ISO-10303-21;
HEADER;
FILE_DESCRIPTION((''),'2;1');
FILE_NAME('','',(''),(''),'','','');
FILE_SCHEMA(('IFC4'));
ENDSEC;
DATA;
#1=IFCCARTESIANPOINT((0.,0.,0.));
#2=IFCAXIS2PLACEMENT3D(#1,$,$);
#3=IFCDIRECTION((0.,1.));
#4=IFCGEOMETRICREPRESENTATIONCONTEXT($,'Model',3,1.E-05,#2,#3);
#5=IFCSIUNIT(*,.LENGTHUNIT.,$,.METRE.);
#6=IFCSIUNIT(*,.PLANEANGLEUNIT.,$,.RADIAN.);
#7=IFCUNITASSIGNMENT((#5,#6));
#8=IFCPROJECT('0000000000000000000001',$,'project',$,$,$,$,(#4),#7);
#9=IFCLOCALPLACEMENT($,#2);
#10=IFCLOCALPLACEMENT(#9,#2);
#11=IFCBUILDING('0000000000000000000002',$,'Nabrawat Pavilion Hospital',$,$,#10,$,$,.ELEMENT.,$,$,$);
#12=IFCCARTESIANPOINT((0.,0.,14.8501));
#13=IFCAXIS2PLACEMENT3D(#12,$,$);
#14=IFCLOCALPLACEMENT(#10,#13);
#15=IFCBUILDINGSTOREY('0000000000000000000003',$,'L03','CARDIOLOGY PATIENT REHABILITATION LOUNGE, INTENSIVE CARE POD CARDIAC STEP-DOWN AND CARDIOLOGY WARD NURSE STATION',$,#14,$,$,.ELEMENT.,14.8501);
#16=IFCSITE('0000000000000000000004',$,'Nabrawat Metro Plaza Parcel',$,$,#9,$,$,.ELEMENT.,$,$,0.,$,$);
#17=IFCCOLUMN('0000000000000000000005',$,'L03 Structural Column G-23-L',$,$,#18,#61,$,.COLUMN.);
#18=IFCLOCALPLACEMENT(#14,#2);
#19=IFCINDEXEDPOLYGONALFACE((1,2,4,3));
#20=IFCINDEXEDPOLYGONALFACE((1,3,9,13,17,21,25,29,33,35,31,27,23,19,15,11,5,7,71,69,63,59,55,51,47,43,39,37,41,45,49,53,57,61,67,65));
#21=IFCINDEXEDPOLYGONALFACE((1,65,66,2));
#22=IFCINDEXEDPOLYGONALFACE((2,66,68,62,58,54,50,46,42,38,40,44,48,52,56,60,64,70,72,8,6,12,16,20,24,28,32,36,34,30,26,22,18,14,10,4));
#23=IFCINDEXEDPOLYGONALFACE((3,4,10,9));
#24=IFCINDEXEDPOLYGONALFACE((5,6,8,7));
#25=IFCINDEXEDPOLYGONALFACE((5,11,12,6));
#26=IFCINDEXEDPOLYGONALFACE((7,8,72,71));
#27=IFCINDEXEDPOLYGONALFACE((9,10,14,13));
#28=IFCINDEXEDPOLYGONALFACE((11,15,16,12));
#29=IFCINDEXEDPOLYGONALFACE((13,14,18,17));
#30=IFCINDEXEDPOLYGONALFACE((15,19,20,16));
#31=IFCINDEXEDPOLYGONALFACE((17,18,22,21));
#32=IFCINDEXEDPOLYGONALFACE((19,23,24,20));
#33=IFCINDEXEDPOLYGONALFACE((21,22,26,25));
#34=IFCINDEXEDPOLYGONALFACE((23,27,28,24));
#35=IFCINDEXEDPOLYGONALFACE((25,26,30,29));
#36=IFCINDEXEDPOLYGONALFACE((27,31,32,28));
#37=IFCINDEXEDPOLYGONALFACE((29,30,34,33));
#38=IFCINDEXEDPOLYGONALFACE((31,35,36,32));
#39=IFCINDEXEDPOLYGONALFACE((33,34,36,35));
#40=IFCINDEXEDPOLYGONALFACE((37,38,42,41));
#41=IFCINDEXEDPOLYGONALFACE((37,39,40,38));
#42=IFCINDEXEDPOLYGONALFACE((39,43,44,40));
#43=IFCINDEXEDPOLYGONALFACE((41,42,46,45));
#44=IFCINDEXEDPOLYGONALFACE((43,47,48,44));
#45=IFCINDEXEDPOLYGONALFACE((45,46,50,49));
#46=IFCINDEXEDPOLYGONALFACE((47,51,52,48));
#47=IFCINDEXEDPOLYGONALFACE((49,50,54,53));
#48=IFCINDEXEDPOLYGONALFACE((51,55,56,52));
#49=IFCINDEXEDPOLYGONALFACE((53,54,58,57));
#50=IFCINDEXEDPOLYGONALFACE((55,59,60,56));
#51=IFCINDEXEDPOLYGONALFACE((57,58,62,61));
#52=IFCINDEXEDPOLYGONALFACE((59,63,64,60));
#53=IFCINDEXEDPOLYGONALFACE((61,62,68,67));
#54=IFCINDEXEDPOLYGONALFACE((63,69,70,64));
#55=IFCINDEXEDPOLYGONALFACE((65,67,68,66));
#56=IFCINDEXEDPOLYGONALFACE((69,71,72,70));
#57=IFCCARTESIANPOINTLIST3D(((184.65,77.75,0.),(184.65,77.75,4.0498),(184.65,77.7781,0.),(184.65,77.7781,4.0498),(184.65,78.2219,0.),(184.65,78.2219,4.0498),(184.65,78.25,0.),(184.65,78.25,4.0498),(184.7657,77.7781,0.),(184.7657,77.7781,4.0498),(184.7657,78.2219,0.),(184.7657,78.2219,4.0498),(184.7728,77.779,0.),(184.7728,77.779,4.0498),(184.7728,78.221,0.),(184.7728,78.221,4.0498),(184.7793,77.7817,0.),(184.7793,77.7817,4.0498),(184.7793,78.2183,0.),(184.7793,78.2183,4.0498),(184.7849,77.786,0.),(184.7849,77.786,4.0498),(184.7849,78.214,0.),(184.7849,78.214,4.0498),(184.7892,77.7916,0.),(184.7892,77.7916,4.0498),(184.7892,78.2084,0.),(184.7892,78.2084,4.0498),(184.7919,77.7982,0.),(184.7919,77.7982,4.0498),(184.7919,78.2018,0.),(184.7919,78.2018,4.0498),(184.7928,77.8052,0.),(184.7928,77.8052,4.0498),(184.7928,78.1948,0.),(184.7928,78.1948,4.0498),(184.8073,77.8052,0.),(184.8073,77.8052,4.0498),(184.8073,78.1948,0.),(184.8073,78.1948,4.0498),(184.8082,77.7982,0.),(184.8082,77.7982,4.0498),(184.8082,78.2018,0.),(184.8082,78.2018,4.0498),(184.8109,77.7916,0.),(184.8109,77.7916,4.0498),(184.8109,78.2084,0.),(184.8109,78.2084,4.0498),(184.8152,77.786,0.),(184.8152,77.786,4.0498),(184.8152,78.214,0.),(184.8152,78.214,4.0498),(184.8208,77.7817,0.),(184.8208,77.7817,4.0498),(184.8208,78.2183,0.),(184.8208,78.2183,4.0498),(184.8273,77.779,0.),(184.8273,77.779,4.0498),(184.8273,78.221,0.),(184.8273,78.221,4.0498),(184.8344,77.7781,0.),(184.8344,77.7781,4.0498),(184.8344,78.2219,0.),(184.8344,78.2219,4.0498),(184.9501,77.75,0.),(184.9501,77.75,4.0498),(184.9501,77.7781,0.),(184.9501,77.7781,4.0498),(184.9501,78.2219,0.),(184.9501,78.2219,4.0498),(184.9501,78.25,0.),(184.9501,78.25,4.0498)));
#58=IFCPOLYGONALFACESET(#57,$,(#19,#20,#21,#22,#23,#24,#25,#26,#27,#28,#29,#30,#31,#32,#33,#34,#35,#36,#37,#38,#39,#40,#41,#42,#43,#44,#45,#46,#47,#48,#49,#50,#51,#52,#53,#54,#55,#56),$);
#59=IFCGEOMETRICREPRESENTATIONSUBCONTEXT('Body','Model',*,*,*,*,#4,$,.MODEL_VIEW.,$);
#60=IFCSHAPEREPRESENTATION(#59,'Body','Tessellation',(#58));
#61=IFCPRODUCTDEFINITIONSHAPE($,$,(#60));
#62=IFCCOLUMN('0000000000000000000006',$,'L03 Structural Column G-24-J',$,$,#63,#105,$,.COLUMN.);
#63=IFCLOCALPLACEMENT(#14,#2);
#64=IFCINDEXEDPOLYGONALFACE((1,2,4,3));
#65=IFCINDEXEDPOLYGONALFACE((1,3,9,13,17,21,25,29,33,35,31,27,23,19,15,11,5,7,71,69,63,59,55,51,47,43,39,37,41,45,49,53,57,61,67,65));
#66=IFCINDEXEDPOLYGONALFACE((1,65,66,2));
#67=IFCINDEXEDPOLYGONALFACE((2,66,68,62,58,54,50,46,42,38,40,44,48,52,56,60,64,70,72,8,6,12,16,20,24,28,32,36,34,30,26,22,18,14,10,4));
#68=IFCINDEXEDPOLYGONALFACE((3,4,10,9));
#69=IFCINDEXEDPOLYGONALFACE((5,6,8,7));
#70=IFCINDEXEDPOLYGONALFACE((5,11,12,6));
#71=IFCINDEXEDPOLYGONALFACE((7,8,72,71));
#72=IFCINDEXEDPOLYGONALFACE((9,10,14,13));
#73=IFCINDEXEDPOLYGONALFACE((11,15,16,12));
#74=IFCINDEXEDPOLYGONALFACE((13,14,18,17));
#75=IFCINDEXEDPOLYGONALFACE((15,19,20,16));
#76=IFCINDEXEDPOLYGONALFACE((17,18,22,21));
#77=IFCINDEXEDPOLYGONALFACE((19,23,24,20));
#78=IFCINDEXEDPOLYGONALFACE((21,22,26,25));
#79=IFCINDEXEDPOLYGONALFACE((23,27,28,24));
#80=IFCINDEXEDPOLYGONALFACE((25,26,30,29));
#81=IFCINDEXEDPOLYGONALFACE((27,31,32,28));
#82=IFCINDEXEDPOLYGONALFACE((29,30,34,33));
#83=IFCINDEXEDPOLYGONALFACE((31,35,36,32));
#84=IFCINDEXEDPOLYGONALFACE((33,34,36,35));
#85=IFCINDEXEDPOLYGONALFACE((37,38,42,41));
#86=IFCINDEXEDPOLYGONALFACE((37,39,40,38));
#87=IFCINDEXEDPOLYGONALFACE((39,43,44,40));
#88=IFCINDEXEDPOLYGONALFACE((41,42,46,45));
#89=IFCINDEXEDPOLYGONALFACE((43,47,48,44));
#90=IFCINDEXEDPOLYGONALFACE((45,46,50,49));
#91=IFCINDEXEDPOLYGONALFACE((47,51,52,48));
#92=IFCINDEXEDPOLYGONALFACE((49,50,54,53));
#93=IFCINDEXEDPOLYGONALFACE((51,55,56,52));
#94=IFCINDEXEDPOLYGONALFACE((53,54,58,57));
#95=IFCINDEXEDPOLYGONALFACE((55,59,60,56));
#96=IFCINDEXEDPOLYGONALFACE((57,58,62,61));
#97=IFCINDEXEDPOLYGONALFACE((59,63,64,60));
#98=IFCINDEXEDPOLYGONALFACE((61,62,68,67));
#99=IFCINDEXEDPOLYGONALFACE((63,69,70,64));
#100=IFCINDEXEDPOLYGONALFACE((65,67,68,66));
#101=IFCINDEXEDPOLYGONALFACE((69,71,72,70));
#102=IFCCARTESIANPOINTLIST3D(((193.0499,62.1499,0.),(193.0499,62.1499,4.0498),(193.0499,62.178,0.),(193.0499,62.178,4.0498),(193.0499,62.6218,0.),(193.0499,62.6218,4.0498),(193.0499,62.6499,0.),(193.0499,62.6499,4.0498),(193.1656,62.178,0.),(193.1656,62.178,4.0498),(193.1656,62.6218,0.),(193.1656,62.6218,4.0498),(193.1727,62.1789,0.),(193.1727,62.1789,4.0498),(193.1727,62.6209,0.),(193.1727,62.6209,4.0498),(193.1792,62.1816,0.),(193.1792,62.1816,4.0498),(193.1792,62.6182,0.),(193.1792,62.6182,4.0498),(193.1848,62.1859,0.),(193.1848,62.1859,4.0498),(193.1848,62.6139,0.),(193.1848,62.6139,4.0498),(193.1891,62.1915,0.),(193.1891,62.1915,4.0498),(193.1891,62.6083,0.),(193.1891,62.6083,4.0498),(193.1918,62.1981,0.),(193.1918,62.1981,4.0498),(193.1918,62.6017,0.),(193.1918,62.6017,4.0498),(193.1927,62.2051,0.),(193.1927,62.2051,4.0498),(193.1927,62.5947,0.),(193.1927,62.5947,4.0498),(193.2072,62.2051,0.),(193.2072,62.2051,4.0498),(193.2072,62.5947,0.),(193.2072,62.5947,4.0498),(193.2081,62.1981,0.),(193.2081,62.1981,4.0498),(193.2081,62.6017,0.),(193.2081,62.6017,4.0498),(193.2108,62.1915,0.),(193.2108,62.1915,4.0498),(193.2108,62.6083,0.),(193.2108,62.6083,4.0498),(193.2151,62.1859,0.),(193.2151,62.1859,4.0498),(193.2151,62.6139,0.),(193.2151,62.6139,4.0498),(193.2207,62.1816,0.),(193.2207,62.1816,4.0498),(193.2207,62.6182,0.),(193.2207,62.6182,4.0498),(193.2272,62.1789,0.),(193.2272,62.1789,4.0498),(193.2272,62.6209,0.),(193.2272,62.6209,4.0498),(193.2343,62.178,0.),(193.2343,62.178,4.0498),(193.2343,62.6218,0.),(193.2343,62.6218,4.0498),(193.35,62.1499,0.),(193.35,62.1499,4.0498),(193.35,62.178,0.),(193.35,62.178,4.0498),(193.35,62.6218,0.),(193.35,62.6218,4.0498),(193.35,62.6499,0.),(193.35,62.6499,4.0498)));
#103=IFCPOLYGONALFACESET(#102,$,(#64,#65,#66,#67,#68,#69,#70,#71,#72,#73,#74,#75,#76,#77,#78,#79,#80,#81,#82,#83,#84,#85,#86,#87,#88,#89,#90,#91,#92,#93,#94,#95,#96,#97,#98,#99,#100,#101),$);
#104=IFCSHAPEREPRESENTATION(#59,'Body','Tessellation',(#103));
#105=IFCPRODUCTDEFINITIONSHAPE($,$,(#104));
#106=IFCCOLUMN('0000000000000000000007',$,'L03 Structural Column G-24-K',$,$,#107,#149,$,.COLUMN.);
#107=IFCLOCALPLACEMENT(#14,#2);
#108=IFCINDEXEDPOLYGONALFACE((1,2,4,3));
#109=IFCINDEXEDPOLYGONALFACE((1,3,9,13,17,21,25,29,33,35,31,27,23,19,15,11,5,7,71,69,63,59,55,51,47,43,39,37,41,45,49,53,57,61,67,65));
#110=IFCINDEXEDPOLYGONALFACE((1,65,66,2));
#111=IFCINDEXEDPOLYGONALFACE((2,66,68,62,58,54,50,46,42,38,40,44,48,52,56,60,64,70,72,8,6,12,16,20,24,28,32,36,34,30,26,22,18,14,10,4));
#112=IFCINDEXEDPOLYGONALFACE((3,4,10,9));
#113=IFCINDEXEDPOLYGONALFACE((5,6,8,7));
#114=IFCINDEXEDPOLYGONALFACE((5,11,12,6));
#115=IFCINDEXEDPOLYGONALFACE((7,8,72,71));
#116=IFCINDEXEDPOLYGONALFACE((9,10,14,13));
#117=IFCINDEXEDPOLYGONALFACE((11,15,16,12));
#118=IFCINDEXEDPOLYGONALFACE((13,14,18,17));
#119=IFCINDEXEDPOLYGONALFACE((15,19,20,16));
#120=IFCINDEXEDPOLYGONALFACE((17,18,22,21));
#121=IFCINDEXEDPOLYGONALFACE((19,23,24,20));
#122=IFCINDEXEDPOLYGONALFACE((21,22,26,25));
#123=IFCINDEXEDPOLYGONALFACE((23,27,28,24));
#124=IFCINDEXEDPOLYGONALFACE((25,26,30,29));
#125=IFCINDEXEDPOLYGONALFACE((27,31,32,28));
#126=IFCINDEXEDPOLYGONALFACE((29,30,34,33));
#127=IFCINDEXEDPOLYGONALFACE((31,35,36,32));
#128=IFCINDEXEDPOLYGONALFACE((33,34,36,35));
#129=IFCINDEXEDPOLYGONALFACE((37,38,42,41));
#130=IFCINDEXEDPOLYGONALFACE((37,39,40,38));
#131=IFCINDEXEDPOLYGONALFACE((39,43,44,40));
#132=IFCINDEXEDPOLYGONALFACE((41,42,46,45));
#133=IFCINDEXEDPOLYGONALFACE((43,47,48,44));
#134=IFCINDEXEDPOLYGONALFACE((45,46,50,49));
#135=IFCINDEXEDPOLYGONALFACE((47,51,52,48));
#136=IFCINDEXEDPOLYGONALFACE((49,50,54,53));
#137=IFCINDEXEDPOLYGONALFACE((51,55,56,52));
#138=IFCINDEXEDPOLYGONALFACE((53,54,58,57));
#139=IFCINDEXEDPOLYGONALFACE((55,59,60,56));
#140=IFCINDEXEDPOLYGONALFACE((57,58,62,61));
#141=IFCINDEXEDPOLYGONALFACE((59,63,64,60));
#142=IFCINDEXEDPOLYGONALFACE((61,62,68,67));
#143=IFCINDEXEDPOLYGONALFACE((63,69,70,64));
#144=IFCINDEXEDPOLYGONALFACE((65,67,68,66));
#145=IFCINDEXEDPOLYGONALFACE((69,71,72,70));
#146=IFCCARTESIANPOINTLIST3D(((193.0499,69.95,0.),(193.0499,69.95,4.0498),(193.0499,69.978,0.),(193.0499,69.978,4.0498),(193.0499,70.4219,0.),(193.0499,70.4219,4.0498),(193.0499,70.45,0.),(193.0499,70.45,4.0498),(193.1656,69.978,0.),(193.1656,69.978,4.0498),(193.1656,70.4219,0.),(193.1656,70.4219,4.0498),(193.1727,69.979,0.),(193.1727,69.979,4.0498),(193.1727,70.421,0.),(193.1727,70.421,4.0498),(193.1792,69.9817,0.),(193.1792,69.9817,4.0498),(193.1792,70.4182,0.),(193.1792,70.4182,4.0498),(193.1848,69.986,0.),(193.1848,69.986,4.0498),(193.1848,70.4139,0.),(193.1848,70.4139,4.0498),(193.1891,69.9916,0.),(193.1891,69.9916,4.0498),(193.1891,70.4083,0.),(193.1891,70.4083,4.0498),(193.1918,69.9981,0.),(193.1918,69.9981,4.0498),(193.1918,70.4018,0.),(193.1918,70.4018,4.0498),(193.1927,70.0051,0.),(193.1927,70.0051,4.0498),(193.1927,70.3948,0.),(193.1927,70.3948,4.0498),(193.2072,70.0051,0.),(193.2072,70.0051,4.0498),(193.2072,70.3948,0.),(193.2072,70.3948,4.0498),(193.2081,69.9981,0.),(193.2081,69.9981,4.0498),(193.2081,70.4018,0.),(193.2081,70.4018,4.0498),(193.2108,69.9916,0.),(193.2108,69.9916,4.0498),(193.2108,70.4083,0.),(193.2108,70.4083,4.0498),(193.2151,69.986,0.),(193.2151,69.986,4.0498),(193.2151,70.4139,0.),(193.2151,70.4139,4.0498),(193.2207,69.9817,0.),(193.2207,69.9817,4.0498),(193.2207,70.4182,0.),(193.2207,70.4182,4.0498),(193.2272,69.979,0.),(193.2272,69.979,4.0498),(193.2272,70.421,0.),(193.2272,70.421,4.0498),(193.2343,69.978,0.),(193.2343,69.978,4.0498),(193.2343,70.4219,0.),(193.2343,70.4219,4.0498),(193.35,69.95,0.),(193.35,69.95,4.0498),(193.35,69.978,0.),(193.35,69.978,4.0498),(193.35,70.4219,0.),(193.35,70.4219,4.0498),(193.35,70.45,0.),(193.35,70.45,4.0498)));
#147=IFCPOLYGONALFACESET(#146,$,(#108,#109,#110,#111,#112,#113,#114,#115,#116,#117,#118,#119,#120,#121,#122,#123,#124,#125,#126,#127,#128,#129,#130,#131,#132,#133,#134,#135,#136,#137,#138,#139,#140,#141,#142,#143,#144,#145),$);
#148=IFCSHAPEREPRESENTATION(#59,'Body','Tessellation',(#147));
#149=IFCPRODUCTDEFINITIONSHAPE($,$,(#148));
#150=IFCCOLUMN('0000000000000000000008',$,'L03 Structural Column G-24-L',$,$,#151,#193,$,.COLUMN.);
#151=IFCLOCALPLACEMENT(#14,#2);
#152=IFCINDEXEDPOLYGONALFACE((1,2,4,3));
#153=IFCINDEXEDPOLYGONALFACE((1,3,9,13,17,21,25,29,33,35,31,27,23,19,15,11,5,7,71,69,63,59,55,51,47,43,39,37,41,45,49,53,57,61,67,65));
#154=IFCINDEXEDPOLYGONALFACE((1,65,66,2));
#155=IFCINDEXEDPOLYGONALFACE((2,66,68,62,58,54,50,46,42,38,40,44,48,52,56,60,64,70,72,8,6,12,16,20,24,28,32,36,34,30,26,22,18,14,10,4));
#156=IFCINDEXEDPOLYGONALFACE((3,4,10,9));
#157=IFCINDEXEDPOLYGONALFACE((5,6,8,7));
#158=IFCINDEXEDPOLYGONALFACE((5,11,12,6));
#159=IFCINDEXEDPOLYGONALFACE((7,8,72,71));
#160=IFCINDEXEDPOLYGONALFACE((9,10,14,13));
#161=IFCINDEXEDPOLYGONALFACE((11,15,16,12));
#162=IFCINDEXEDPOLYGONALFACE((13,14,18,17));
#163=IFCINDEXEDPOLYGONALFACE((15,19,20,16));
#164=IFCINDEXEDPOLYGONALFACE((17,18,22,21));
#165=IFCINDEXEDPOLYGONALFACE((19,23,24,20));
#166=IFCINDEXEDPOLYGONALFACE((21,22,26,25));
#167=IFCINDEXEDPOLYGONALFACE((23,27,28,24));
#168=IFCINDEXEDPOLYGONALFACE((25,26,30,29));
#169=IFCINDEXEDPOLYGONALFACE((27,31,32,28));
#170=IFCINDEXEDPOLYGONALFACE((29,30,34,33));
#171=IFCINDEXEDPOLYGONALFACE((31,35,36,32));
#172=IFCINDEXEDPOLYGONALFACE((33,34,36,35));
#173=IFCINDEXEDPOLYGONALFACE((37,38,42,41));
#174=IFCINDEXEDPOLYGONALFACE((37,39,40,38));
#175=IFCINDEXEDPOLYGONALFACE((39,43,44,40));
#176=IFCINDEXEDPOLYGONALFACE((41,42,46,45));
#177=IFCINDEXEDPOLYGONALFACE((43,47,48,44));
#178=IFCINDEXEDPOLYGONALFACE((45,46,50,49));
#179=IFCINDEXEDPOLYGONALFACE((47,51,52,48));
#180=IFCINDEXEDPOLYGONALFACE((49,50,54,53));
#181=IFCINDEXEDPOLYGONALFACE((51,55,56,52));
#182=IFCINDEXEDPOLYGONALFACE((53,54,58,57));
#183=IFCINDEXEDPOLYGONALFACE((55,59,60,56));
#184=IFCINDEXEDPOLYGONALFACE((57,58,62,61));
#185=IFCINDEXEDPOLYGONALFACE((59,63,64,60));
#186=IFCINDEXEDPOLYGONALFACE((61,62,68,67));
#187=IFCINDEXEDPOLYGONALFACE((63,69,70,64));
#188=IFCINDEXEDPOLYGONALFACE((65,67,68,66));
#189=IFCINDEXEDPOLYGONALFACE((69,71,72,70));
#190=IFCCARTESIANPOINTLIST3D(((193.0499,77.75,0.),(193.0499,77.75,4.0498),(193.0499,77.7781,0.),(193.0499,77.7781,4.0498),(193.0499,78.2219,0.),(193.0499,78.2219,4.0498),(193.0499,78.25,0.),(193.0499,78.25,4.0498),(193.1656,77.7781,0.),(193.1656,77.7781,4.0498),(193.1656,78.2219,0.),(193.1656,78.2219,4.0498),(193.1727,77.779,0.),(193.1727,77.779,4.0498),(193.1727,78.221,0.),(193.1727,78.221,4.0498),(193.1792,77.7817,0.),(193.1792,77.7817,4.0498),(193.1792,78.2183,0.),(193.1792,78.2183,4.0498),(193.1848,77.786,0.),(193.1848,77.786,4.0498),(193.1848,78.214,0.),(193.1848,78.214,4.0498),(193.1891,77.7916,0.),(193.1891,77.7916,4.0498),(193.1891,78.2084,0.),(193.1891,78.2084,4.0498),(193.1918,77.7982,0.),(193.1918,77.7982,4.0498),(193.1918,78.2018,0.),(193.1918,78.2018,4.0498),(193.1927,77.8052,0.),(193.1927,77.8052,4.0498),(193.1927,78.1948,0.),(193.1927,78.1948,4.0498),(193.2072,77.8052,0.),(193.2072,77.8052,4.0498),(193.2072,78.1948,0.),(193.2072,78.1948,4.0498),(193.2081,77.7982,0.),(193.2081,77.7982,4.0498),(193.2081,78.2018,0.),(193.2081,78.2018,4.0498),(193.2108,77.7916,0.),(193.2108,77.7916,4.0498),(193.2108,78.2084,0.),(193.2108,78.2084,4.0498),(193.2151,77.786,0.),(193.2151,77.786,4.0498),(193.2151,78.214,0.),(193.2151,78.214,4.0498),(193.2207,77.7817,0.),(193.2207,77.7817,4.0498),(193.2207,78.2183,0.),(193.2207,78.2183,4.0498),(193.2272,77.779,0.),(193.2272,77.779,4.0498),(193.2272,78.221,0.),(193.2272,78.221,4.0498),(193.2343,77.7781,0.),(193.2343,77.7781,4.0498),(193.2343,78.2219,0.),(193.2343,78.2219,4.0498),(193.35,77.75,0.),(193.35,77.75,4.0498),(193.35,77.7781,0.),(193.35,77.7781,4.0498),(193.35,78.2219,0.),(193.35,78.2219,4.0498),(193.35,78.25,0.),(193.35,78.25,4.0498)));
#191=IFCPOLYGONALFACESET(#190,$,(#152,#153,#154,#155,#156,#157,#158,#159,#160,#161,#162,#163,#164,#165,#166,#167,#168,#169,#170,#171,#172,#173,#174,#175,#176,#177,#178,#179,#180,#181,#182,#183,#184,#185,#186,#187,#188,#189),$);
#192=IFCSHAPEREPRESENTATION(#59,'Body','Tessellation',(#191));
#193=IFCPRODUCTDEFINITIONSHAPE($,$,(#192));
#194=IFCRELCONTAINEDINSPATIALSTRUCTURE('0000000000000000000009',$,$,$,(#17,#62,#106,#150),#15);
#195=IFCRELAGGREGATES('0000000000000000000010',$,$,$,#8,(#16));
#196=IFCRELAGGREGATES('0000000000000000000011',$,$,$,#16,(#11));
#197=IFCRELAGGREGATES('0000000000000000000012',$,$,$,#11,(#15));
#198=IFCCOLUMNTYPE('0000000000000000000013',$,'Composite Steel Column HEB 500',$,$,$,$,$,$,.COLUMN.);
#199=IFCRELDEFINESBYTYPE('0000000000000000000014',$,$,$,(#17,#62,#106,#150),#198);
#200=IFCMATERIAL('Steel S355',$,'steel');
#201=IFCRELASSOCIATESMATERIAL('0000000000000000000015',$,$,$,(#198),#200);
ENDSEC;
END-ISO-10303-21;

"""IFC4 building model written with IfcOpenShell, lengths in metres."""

from ifc_helpers import new_model, si_unit, direction, frame, origin, origin_2d, place, context, subcontext, project, spatial, i_section, extrude, material, material_profile, profile_set, type_object, element, save


model = new_model("IFC4")

# Units and contexts
model_context = context("Model", 3, precision=1e-05, world=origin(), true_north=direction((0.0, 1.0)))
body_context = subcontext(model_context, "Body", "Model", "MODEL_VIEW")
ifc_project = project(units=[si_unit("LENGTHUNIT", "METRE"), si_unit("PLANEANGLEUNIT", "RADIAN")], contexts=[model_context])

# Site, building, storey
site_placement = place(None, origin())
site = spatial("IfcSite", under=ifc_project, at=site_placement, Name="Nabrawat Metro Plaza Parcel", CompositionType="ELEMENT", RefElevation=0.0)
building_placement = place(site_placement, origin())
building = spatial("IfcBuilding", under=site, at=building_placement, Name="Nabrawat Pavilion Hospital", CompositionType="ELEMENT")
storey_placement = place(building_placement, frame((0.0, 0.0, 14.8501)))
storey = spatial("IfcBuildingStorey", under=building, at=storey_placement, Name="L03", Description="CARDIOLOGY PATIENT REHABILITATION LOUNGE, INTENSIVE CARE POD CARDIAC STEP-DOWN AND CARDIOLOGY WARD NURSE STATION", CompositionType="ELEMENT", Elevation=14.8501)

# Columns
ifc_material_1 = material(Name="Steel S355", Category="steel")
ifc_material_profile_1 = material_profile(ifc_material_1, i_section(OverallWidth=0.3, OverallDepth=0.5, WebThickness=0.0144, FlangeThickness=0.0281, FilletRadius=0.0271, at=origin_2d()), Name="HEB 500")
ifc_profile_set_1 = profile_set([ifc_material_profile_1], Name="Steel S355")
column_type = type_object("IfcColumnType", Name="Composite Steel Column HEB 500", PredefinedType="COLUMN", material=ifc_profile_set_1)
for number, where, z_axis, x_axis, name in (
    (1, (184.8, 78.0, 0.0), (0.0, 0.0, 1.0), (1.0, 0.0, 0.0), "L03 Structural Column G-23-L"),
    (2, (193.2, 62.3999, 0.0), (0.0, 0.0, 1.0), (1.0, 0.0, 0.0), "L03 Structural Column G-24-J"),
    (3, (193.2, 70.2, 0.0), (0.0, 0.0, 1.0), (1.0, 0.0, 0.0), "L03 Structural Column G-24-K"),
    (4, (193.2, 78.0, 0.0), (0.0, 0.0, 1.0), (1.0, 0.0, 0.0), "L03 Structural Column G-24-L"),
):
    element("IfcColumn", number, at=place(storey_placement, frame(where, z_axis=z_axis, x_axis=x_axis)), inside=storey, type_object=column_type, Name=name, PredefinedType="COLUMN", context=body_context, shape_type="SweptSolid", body=[
        extrude(i_section(OverallWidth=0.3, OverallDepth=0.5, WebThickness=0.0144, FlangeThickness=0.0281, FilletRadius=0.0271, at=origin_2d()), origin(), (0.0, 0.0, 1.0), 4.0498),
    ])

save(model, "model.ifc")
